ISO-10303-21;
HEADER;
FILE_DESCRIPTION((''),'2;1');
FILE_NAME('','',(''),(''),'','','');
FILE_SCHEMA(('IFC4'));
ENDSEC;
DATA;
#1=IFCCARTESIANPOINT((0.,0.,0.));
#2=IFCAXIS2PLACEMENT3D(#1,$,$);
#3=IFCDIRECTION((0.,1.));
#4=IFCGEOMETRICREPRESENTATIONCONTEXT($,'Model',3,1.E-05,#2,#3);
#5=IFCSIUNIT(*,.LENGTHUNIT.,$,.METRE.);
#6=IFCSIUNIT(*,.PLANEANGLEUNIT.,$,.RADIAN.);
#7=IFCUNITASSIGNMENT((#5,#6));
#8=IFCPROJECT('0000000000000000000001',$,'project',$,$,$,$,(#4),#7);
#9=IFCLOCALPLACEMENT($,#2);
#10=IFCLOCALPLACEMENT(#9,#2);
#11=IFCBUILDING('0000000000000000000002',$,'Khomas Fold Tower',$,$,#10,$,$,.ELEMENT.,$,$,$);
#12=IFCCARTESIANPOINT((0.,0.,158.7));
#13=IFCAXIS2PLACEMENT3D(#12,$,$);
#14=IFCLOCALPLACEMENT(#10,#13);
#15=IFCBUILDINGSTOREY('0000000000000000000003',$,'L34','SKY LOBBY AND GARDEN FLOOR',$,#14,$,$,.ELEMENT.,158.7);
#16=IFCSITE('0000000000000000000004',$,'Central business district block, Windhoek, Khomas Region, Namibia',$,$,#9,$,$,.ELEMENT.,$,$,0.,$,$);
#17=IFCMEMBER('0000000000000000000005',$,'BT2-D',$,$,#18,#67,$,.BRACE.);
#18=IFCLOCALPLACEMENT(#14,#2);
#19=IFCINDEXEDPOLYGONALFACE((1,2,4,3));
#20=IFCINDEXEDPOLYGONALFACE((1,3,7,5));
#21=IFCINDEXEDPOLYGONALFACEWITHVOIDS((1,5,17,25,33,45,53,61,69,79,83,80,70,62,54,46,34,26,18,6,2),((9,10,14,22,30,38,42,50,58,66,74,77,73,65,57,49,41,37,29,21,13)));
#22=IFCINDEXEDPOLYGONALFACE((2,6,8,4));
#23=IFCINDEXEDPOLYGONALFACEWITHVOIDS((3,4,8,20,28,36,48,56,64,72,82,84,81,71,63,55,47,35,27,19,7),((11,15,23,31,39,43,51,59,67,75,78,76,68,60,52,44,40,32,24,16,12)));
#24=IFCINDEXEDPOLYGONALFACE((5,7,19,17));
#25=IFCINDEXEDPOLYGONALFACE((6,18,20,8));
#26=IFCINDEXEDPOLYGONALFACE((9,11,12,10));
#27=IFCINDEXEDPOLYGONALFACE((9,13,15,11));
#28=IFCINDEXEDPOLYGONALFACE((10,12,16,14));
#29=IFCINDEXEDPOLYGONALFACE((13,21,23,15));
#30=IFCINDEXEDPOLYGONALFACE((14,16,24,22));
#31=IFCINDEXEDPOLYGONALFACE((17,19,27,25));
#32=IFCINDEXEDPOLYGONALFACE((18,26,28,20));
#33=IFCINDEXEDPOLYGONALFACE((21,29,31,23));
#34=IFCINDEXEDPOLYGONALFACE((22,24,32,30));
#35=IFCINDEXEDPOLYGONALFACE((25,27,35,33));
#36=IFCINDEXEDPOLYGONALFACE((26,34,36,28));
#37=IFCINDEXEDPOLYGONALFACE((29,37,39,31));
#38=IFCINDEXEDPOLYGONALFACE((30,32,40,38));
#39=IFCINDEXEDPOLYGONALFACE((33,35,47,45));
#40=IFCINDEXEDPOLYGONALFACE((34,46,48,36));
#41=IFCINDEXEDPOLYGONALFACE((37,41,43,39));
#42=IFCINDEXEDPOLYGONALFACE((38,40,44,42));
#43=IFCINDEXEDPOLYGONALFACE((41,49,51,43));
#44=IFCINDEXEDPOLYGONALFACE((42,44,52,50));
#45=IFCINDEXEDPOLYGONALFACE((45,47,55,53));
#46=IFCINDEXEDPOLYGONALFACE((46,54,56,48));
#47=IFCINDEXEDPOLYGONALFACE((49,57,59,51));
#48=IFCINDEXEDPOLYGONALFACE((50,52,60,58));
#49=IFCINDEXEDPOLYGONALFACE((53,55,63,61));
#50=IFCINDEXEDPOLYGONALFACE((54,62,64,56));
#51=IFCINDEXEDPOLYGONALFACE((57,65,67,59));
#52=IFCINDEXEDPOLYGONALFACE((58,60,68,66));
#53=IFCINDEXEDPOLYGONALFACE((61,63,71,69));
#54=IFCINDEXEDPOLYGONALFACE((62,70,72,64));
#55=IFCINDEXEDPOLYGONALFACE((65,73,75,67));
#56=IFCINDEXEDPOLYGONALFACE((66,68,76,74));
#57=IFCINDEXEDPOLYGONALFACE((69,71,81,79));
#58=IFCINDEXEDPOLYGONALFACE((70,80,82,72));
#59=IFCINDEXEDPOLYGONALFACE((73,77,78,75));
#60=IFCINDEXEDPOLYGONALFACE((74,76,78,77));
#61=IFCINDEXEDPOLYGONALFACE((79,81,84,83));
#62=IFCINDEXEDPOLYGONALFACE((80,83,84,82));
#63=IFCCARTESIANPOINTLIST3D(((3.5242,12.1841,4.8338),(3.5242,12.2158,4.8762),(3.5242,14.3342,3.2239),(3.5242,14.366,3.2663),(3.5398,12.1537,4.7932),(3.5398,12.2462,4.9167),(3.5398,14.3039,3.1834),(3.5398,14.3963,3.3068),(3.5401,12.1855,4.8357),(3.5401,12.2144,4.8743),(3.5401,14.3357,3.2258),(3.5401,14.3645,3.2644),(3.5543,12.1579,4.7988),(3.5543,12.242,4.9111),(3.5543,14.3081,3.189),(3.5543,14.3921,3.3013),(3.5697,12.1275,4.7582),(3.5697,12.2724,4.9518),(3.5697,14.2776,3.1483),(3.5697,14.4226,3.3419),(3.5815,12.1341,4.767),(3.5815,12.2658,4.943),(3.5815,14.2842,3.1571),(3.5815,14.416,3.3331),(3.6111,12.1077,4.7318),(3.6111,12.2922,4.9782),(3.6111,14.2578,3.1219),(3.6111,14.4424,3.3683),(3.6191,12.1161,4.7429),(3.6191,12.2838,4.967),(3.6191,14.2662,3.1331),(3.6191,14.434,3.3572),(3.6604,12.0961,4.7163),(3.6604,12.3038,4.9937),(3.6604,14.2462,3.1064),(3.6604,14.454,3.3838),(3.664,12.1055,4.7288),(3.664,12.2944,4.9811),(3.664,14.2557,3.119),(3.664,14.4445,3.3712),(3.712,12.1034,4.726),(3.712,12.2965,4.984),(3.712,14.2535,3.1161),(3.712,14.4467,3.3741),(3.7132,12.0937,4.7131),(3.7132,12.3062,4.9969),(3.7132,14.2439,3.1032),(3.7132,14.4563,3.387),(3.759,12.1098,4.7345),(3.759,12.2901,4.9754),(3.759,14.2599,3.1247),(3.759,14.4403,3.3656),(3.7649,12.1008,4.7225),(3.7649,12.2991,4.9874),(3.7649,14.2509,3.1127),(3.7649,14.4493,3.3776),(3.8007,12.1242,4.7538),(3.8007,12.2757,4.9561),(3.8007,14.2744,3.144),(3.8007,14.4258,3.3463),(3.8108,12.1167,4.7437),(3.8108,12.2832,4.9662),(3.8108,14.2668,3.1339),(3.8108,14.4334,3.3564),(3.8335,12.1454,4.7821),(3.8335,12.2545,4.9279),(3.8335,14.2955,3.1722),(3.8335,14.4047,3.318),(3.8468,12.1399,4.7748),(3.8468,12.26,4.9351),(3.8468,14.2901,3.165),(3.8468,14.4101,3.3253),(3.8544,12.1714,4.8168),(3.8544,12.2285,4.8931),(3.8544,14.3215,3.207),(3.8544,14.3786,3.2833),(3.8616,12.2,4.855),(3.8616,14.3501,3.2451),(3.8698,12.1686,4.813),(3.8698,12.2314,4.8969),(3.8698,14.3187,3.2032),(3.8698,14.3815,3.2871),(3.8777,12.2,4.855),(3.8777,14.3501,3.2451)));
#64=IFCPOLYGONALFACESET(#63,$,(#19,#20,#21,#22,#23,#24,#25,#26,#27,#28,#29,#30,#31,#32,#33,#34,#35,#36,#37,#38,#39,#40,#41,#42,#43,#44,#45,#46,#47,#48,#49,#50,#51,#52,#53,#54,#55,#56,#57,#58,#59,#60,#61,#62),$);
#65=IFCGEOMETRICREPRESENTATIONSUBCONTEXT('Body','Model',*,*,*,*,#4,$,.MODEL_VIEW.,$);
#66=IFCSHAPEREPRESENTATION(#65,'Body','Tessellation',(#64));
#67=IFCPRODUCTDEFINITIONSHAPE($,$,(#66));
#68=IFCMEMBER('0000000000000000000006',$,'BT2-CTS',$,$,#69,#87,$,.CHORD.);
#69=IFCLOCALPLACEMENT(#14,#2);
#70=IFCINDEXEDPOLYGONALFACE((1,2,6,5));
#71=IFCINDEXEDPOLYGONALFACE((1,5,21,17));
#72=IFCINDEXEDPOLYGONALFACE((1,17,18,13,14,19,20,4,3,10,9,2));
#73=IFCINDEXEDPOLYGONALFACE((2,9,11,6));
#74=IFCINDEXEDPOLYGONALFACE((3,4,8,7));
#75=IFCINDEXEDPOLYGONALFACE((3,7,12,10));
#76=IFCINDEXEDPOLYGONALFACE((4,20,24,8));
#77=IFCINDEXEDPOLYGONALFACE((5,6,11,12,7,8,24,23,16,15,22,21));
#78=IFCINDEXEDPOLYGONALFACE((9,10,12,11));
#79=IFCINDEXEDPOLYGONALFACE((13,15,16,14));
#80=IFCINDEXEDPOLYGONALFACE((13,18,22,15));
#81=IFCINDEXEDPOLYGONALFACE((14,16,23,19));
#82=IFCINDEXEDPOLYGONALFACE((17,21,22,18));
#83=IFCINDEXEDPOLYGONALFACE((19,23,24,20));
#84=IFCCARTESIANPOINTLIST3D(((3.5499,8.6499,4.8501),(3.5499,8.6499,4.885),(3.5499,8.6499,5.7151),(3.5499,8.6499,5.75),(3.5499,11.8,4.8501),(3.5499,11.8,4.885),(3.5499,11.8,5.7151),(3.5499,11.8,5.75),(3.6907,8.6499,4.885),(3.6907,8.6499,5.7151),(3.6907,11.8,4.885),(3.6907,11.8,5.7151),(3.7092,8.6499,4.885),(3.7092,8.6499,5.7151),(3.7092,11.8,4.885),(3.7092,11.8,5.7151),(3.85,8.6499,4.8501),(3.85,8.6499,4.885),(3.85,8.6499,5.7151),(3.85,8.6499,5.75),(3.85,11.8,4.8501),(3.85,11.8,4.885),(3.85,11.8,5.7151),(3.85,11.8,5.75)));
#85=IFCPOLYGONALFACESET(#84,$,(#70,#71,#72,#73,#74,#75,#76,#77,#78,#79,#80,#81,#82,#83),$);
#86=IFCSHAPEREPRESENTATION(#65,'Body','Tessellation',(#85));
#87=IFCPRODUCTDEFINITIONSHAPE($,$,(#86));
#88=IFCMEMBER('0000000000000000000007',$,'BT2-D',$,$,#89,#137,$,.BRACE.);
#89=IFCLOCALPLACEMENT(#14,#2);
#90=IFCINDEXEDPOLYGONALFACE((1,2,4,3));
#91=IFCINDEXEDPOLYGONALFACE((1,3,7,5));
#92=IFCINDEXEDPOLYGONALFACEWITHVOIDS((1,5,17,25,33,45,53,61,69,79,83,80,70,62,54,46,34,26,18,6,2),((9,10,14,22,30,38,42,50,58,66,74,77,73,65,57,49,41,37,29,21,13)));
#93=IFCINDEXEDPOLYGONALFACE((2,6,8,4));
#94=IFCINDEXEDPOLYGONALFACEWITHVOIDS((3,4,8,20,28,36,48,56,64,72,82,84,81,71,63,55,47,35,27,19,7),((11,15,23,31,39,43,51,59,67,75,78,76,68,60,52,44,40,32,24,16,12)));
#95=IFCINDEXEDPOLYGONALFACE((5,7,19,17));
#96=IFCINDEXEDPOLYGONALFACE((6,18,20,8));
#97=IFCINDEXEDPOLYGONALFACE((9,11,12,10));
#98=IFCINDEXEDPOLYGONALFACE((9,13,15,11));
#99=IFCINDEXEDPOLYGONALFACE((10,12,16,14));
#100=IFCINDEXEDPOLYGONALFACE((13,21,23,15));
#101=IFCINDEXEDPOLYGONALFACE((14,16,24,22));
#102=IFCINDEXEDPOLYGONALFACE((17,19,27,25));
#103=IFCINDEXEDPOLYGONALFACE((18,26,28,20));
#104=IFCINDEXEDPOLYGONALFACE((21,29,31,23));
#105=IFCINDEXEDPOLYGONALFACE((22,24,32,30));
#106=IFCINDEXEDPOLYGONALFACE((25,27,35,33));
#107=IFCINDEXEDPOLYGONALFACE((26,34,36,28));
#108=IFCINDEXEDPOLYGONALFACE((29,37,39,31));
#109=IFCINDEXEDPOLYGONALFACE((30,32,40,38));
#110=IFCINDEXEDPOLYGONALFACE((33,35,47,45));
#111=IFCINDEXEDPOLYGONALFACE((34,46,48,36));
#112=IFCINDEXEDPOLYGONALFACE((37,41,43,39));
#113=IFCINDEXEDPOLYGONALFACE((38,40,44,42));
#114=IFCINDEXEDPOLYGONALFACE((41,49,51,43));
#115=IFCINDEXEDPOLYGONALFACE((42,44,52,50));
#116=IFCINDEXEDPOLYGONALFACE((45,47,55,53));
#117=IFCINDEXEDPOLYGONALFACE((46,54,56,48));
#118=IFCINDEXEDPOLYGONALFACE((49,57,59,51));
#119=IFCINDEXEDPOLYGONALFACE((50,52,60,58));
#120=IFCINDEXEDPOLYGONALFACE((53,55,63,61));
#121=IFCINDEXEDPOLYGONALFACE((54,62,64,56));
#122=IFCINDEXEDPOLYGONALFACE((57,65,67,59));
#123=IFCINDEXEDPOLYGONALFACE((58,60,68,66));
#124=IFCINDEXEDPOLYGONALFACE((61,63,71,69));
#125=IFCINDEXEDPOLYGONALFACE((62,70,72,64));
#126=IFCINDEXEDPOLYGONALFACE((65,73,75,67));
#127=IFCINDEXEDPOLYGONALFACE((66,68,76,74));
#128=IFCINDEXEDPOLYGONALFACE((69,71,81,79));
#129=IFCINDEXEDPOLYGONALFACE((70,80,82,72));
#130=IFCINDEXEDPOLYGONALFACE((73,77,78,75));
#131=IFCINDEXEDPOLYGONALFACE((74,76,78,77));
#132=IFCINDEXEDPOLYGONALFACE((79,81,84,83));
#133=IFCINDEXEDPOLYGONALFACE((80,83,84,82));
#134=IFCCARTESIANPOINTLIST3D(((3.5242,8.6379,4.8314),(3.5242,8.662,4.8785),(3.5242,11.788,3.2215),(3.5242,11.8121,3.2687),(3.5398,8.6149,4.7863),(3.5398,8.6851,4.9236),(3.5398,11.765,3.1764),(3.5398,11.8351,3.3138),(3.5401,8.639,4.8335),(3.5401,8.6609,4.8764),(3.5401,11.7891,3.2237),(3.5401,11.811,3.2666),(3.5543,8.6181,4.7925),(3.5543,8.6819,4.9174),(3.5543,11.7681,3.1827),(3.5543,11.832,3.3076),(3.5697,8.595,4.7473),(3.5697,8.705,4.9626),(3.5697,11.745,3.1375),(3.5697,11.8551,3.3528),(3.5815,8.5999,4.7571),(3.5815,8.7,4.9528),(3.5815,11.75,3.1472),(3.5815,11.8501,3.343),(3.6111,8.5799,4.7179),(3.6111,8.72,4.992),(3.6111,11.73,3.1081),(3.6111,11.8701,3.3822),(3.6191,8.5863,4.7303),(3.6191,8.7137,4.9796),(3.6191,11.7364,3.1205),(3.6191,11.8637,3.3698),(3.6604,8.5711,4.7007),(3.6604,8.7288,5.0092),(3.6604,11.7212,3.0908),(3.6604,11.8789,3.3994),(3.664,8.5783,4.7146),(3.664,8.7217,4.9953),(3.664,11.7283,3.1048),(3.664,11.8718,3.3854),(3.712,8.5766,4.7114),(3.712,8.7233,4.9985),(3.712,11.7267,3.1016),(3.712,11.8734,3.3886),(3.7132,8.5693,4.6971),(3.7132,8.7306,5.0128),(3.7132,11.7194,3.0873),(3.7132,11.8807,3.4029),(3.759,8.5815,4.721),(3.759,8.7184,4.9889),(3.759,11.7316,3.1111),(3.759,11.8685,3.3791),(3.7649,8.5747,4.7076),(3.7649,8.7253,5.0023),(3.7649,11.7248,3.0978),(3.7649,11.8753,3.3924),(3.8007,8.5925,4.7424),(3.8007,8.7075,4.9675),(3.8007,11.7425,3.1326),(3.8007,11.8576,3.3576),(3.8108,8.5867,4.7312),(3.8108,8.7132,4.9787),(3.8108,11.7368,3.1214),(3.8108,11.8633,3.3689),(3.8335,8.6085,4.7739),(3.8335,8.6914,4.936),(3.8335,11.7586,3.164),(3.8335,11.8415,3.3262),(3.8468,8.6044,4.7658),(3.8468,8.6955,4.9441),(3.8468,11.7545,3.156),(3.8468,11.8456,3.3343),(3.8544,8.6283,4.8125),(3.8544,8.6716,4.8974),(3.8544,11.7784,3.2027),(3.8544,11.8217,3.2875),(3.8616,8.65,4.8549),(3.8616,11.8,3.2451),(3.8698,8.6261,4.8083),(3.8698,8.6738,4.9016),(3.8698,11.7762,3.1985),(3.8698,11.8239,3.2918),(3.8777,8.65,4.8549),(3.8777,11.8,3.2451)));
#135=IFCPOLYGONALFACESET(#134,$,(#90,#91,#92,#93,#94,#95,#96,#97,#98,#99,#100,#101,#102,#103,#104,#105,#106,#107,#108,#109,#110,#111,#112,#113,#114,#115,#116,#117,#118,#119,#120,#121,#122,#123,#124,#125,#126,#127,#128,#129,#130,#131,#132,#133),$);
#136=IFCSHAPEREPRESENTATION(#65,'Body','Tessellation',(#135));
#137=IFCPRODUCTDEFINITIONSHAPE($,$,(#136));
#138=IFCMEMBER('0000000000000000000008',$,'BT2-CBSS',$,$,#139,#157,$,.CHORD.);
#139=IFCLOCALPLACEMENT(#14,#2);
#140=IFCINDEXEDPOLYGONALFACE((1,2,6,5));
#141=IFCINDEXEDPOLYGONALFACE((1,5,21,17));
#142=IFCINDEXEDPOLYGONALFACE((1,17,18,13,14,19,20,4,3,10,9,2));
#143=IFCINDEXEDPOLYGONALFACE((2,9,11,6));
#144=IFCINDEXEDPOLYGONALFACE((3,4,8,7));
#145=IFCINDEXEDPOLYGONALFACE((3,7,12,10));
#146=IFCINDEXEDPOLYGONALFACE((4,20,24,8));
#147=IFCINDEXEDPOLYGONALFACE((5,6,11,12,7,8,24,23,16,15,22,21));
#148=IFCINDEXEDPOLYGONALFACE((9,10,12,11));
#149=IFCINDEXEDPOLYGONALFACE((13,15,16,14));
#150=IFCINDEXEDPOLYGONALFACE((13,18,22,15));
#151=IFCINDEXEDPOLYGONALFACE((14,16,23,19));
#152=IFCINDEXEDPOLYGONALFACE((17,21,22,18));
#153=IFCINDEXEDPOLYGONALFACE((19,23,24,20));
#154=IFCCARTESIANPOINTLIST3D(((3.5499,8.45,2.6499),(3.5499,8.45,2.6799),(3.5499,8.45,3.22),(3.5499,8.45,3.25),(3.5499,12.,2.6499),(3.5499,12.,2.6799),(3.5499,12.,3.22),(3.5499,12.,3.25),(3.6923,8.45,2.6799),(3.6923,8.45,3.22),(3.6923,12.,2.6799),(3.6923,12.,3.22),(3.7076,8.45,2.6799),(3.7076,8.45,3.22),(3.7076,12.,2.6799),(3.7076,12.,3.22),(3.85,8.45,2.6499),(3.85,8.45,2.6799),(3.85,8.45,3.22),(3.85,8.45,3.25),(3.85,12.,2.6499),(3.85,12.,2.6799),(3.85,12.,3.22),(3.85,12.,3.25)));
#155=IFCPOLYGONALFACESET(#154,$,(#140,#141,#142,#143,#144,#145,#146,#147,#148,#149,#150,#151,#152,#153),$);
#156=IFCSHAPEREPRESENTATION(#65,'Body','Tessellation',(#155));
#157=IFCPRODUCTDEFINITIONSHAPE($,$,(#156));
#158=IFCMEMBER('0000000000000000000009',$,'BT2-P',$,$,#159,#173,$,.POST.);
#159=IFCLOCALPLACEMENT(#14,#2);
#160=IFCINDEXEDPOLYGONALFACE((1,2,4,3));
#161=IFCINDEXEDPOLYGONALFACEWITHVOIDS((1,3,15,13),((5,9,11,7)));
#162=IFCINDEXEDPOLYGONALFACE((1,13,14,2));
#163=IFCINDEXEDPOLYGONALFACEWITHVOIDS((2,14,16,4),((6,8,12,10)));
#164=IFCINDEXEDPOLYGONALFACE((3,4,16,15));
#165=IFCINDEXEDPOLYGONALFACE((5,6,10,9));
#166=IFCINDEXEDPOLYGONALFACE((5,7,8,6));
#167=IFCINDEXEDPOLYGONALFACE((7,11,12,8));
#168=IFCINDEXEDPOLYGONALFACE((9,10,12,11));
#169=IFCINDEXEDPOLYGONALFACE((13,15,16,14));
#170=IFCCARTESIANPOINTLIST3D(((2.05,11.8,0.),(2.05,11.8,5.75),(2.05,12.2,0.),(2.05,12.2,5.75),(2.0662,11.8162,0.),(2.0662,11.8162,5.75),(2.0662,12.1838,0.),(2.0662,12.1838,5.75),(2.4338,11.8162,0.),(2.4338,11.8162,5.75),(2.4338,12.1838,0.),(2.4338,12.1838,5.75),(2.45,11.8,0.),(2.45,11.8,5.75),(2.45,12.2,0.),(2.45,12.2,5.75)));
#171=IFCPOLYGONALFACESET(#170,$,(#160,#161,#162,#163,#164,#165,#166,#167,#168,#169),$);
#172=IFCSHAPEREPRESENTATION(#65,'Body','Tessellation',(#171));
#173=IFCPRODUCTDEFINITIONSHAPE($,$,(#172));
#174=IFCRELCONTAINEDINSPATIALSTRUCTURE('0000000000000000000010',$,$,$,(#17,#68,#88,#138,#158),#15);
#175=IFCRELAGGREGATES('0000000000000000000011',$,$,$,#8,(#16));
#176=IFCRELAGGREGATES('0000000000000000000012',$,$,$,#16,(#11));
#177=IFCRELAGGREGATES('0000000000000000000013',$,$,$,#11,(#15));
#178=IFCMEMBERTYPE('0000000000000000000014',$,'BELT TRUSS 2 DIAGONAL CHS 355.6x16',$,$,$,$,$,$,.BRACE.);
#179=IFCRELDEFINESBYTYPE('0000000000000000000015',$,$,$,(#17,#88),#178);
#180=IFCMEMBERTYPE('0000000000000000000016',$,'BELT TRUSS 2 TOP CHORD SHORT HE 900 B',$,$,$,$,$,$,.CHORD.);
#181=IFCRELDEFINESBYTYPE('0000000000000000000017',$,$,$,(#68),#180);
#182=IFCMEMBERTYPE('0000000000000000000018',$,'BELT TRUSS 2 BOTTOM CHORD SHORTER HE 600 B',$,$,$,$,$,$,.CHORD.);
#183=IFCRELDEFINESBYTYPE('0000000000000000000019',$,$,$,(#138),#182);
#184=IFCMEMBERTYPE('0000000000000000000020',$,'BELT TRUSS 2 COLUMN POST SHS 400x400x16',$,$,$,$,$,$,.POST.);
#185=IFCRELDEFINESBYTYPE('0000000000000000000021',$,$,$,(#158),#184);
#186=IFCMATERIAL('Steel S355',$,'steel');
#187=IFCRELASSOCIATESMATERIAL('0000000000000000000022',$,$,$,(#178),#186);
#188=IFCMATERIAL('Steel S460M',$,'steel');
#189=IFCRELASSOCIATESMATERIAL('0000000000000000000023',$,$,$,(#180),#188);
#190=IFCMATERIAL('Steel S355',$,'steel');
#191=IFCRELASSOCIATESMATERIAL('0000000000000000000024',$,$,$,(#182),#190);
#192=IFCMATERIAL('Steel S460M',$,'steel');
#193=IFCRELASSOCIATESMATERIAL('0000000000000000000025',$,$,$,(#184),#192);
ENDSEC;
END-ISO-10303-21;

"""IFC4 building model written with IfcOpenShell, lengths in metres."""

from ifc_helpers import new_model, si_unit, direction, frame, origin, origin_2d, place, context, subcontext, project, spatial, hollow_rectangle, hollow_circle, i_section, extrude, source, transform, mapped, material, material_profile, profile_set, type_object, element, save


model = new_model("IFC4")

# Units and contexts
model_context = context("Model", 3, precision=1e-05, world=origin(), true_north=direction((0.0, 1.0)))
body_context = subcontext(model_context, "Body", "Model", "MODEL_VIEW")
ifc_project = project(units=[si_unit("LENGTHUNIT", "METRE"), si_unit("PLANEANGLEUNIT", "RADIAN")], contexts=[model_context])

# Site, building, storey
site_placement = place(None, origin())
site = spatial("IfcSite", under=ifc_project, at=site_placement, Name="Central business district block, Windhoek, Khomas Region, Namibia", CompositionType="ELEMENT", RefElevation=0.0)
building_placement = place(site_placement, origin())
building = spatial("IfcBuilding", under=site, at=building_placement, Name="Khomas Fold Tower", CompositionType="ELEMENT")
storey_placement = place(building_placement, frame((0.0, 0.0, 158.7)))
storey = spatial("IfcBuildingStorey", under=building, at=storey_placement, Name="L34", Description="SKY LOBBY AND GARDEN FLOOR", CompositionType="ELEMENT", Elevation=158.7)

# Members
ifc_material_1 = material(Name="Steel S355", Category="steel")
ifc_material_profile_1 = material_profile(ifc_material_1, hollow_circle(Radius=0.1777, WallThickness=0.0161, at=origin_2d()), Name="CHS 355.6x16")
ifc_profile_set_1 = profile_set([ifc_material_profile_1], Name="Steel S355")
member_type_1 = type_object("IfcMemberType", Name="BELT TRUSS 2 DIAGONAL CHS 355.6x16", PredefinedType="BRACE", material=ifc_profile_set_1)
shared_shape_1 = source(origin(), body_context, "Body", "SweptSolid", [
    extrude(hollow_circle(Radius=0.1777, WallThickness=0.0161, at=origin_2d()), origin(), (0.0, 0.0, 1.0), 2.686),
])
for number, where, z_axis, x_axis, name in (
    (1, (3.7, 14.3501, 3.2451), (0.0, -0.800491, 0.599345), (1.0, 0.0, 0.0), "BT2-D"),
):
    element("IfcMember", number, at=place(storey_placement, frame(where, z_axis=z_axis, x_axis=x_axis)), inside=storey, type_object=member_type_1, Name=name, PredefinedType="BRACE", context=body_context, shape_type="MappedRepresentation", body=[
        mapped(shared_shape_1, transform((0.0, 0.0, 0.0))),
    ])
ifc_material_2 = material(Name="Steel S460M", Category="steel")
ifc_material_profile_2 = material_profile(ifc_material_2, i_section(OverallWidth=0.3, OverallDepth=0.8999, WebThickness=0.0186, FlangeThickness=0.0349, at=origin_2d()), Name="HE 900 B")
ifc_profile_set_2 = profile_set([ifc_material_profile_2], Name="Steel S460M")
member_type_2 = type_object("IfcMemberType", Name="BELT TRUSS 2 TOP CHORD SHORT HE 900 B", PredefinedType="CHORD", material=ifc_profile_set_2)
shared_shape_2 = source(origin(), body_context, "Body", "SweptSolid", [
    extrude(i_section(OverallWidth=0.3, OverallDepth=0.8999, WebThickness=0.0186, FlangeThickness=0.0349, at=origin_2d()), origin(), (0.0, 0.0, 1.0), 3.1501),
])
member_1_placement = place(storey_placement, frame((3.7, 11.8, 5.3), z_axis=(0.0, -1.0, 0.0), x_axis=(1.0, 0.0, 0.0)))
element("IfcMember", 2, at=member_1_placement, inside=storey, type_object=member_type_2, Name="BT2-CTS", PredefinedType="CHORD", context=body_context, shape_type="MappedRepresentation", body=[
    mapped(shared_shape_2, transform((0.0, 0.0, 0.0))),
])
shared_shape_3 = source(origin(), body_context, "Body", "SweptSolid", [
    extrude(hollow_circle(Radius=0.1777, WallThickness=0.0161, at=origin_2d()), origin(), (0.0, 0.0, 1.0), 3.5376),
])
member_2_placement = place(storey_placement, frame((3.7, 11.8, 3.2451), z_axis=(0.0, -0.890459, 0.455064), x_axis=(1.0, 0.0, 0.0)))
element("IfcMember", 3, at=member_2_placement, inside=storey, type_object=member_type_1, Name="BT2-D", PredefinedType="BRACE", context=body_context, shape_type="MappedRepresentation", body=[
    mapped(shared_shape_3, transform((0.0, 0.0, 0.0))),
])
ifc_material_3 = material(Name="Steel S355", Category="steel")
ifc_material_profile_3 = material_profile(ifc_material_3, i_section(OverallWidth=0.3, OverallDepth=0.6001, WebThickness=0.0154, FlangeThickness=0.03, at=origin_2d()), Name="HE 600 B")
ifc_profile_set_3 = profile_set([ifc_material_profile_3], Name="Steel S355")
member_type_3 = type_object("IfcMemberType", Name="BELT TRUSS 2 BOTTOM CHORD SHORTER HE 600 B", PredefinedType="CHORD", material=ifc_profile_set_3)
shared_shape_4 = source(origin(), body_context, "Body", "SweptSolid", [
    extrude(i_section(OverallWidth=0.3, OverallDepth=0.6001, WebThickness=0.0154, FlangeThickness=0.03, at=origin_2d()), origin(), (0.0, 0.0, 1.0), 3.55),
])
member_3_placement = place(storey_placement, frame((3.7, 12.0, 2.95), z_axis=(0.0, -1.0, 0.0), x_axis=(1.0, 0.0, 0.0)))
element("IfcMember", 4, at=member_3_placement, inside=storey, type_object=member_type_3, Name="BT2-CBSS", PredefinedType="CHORD", context=body_context, shape_type="MappedRepresentation", body=[
    mapped(shared_shape_4, transform((0.0, 0.0, 0.0))),
])
ifc_material_4 = material(Name="Steel S460M", Category="steel")
ifc_material_profile_4 = material_profile(ifc_material_4, hollow_rectangle(XDim=0.3999, YDim=0.3999, WallThickness=0.0161, at=origin_2d()), Name="SHS 400x400x16")
ifc_profile_set_4 = profile_set([ifc_material_profile_4], Name="Steel S460M")
member_type_4 = type_object("IfcMemberType", Name="BELT TRUSS 2 COLUMN POST SHS 400x400x16", PredefinedType="POST", material=ifc_profile_set_4)
shared_shape_5 = source(origin(), body_context, "Body", "SweptSolid", [
    extrude(hollow_rectangle(XDim=0.3999, YDim=0.3999, WallThickness=0.0161, at=origin_2d()), origin(), (0.0, 0.0, 1.0), 5.75),
])
member_4_placement = place(storey_placement, frame((2.25, 12.0, 0.0), z_axis=(0.0, 0.0, 1.0), x_axis=(1.0, 0.0, 0.0)))
element("IfcMember", 5, at=member_4_placement, inside=storey, type_object=member_type_4, Name="BT2-P", PredefinedType="POST", context=body_context, shape_type="MappedRepresentation", body=[
    mapped(shared_shape_5, transform((0.0, 0.0, 0.0))),
])

save(model, "model.ifc")
